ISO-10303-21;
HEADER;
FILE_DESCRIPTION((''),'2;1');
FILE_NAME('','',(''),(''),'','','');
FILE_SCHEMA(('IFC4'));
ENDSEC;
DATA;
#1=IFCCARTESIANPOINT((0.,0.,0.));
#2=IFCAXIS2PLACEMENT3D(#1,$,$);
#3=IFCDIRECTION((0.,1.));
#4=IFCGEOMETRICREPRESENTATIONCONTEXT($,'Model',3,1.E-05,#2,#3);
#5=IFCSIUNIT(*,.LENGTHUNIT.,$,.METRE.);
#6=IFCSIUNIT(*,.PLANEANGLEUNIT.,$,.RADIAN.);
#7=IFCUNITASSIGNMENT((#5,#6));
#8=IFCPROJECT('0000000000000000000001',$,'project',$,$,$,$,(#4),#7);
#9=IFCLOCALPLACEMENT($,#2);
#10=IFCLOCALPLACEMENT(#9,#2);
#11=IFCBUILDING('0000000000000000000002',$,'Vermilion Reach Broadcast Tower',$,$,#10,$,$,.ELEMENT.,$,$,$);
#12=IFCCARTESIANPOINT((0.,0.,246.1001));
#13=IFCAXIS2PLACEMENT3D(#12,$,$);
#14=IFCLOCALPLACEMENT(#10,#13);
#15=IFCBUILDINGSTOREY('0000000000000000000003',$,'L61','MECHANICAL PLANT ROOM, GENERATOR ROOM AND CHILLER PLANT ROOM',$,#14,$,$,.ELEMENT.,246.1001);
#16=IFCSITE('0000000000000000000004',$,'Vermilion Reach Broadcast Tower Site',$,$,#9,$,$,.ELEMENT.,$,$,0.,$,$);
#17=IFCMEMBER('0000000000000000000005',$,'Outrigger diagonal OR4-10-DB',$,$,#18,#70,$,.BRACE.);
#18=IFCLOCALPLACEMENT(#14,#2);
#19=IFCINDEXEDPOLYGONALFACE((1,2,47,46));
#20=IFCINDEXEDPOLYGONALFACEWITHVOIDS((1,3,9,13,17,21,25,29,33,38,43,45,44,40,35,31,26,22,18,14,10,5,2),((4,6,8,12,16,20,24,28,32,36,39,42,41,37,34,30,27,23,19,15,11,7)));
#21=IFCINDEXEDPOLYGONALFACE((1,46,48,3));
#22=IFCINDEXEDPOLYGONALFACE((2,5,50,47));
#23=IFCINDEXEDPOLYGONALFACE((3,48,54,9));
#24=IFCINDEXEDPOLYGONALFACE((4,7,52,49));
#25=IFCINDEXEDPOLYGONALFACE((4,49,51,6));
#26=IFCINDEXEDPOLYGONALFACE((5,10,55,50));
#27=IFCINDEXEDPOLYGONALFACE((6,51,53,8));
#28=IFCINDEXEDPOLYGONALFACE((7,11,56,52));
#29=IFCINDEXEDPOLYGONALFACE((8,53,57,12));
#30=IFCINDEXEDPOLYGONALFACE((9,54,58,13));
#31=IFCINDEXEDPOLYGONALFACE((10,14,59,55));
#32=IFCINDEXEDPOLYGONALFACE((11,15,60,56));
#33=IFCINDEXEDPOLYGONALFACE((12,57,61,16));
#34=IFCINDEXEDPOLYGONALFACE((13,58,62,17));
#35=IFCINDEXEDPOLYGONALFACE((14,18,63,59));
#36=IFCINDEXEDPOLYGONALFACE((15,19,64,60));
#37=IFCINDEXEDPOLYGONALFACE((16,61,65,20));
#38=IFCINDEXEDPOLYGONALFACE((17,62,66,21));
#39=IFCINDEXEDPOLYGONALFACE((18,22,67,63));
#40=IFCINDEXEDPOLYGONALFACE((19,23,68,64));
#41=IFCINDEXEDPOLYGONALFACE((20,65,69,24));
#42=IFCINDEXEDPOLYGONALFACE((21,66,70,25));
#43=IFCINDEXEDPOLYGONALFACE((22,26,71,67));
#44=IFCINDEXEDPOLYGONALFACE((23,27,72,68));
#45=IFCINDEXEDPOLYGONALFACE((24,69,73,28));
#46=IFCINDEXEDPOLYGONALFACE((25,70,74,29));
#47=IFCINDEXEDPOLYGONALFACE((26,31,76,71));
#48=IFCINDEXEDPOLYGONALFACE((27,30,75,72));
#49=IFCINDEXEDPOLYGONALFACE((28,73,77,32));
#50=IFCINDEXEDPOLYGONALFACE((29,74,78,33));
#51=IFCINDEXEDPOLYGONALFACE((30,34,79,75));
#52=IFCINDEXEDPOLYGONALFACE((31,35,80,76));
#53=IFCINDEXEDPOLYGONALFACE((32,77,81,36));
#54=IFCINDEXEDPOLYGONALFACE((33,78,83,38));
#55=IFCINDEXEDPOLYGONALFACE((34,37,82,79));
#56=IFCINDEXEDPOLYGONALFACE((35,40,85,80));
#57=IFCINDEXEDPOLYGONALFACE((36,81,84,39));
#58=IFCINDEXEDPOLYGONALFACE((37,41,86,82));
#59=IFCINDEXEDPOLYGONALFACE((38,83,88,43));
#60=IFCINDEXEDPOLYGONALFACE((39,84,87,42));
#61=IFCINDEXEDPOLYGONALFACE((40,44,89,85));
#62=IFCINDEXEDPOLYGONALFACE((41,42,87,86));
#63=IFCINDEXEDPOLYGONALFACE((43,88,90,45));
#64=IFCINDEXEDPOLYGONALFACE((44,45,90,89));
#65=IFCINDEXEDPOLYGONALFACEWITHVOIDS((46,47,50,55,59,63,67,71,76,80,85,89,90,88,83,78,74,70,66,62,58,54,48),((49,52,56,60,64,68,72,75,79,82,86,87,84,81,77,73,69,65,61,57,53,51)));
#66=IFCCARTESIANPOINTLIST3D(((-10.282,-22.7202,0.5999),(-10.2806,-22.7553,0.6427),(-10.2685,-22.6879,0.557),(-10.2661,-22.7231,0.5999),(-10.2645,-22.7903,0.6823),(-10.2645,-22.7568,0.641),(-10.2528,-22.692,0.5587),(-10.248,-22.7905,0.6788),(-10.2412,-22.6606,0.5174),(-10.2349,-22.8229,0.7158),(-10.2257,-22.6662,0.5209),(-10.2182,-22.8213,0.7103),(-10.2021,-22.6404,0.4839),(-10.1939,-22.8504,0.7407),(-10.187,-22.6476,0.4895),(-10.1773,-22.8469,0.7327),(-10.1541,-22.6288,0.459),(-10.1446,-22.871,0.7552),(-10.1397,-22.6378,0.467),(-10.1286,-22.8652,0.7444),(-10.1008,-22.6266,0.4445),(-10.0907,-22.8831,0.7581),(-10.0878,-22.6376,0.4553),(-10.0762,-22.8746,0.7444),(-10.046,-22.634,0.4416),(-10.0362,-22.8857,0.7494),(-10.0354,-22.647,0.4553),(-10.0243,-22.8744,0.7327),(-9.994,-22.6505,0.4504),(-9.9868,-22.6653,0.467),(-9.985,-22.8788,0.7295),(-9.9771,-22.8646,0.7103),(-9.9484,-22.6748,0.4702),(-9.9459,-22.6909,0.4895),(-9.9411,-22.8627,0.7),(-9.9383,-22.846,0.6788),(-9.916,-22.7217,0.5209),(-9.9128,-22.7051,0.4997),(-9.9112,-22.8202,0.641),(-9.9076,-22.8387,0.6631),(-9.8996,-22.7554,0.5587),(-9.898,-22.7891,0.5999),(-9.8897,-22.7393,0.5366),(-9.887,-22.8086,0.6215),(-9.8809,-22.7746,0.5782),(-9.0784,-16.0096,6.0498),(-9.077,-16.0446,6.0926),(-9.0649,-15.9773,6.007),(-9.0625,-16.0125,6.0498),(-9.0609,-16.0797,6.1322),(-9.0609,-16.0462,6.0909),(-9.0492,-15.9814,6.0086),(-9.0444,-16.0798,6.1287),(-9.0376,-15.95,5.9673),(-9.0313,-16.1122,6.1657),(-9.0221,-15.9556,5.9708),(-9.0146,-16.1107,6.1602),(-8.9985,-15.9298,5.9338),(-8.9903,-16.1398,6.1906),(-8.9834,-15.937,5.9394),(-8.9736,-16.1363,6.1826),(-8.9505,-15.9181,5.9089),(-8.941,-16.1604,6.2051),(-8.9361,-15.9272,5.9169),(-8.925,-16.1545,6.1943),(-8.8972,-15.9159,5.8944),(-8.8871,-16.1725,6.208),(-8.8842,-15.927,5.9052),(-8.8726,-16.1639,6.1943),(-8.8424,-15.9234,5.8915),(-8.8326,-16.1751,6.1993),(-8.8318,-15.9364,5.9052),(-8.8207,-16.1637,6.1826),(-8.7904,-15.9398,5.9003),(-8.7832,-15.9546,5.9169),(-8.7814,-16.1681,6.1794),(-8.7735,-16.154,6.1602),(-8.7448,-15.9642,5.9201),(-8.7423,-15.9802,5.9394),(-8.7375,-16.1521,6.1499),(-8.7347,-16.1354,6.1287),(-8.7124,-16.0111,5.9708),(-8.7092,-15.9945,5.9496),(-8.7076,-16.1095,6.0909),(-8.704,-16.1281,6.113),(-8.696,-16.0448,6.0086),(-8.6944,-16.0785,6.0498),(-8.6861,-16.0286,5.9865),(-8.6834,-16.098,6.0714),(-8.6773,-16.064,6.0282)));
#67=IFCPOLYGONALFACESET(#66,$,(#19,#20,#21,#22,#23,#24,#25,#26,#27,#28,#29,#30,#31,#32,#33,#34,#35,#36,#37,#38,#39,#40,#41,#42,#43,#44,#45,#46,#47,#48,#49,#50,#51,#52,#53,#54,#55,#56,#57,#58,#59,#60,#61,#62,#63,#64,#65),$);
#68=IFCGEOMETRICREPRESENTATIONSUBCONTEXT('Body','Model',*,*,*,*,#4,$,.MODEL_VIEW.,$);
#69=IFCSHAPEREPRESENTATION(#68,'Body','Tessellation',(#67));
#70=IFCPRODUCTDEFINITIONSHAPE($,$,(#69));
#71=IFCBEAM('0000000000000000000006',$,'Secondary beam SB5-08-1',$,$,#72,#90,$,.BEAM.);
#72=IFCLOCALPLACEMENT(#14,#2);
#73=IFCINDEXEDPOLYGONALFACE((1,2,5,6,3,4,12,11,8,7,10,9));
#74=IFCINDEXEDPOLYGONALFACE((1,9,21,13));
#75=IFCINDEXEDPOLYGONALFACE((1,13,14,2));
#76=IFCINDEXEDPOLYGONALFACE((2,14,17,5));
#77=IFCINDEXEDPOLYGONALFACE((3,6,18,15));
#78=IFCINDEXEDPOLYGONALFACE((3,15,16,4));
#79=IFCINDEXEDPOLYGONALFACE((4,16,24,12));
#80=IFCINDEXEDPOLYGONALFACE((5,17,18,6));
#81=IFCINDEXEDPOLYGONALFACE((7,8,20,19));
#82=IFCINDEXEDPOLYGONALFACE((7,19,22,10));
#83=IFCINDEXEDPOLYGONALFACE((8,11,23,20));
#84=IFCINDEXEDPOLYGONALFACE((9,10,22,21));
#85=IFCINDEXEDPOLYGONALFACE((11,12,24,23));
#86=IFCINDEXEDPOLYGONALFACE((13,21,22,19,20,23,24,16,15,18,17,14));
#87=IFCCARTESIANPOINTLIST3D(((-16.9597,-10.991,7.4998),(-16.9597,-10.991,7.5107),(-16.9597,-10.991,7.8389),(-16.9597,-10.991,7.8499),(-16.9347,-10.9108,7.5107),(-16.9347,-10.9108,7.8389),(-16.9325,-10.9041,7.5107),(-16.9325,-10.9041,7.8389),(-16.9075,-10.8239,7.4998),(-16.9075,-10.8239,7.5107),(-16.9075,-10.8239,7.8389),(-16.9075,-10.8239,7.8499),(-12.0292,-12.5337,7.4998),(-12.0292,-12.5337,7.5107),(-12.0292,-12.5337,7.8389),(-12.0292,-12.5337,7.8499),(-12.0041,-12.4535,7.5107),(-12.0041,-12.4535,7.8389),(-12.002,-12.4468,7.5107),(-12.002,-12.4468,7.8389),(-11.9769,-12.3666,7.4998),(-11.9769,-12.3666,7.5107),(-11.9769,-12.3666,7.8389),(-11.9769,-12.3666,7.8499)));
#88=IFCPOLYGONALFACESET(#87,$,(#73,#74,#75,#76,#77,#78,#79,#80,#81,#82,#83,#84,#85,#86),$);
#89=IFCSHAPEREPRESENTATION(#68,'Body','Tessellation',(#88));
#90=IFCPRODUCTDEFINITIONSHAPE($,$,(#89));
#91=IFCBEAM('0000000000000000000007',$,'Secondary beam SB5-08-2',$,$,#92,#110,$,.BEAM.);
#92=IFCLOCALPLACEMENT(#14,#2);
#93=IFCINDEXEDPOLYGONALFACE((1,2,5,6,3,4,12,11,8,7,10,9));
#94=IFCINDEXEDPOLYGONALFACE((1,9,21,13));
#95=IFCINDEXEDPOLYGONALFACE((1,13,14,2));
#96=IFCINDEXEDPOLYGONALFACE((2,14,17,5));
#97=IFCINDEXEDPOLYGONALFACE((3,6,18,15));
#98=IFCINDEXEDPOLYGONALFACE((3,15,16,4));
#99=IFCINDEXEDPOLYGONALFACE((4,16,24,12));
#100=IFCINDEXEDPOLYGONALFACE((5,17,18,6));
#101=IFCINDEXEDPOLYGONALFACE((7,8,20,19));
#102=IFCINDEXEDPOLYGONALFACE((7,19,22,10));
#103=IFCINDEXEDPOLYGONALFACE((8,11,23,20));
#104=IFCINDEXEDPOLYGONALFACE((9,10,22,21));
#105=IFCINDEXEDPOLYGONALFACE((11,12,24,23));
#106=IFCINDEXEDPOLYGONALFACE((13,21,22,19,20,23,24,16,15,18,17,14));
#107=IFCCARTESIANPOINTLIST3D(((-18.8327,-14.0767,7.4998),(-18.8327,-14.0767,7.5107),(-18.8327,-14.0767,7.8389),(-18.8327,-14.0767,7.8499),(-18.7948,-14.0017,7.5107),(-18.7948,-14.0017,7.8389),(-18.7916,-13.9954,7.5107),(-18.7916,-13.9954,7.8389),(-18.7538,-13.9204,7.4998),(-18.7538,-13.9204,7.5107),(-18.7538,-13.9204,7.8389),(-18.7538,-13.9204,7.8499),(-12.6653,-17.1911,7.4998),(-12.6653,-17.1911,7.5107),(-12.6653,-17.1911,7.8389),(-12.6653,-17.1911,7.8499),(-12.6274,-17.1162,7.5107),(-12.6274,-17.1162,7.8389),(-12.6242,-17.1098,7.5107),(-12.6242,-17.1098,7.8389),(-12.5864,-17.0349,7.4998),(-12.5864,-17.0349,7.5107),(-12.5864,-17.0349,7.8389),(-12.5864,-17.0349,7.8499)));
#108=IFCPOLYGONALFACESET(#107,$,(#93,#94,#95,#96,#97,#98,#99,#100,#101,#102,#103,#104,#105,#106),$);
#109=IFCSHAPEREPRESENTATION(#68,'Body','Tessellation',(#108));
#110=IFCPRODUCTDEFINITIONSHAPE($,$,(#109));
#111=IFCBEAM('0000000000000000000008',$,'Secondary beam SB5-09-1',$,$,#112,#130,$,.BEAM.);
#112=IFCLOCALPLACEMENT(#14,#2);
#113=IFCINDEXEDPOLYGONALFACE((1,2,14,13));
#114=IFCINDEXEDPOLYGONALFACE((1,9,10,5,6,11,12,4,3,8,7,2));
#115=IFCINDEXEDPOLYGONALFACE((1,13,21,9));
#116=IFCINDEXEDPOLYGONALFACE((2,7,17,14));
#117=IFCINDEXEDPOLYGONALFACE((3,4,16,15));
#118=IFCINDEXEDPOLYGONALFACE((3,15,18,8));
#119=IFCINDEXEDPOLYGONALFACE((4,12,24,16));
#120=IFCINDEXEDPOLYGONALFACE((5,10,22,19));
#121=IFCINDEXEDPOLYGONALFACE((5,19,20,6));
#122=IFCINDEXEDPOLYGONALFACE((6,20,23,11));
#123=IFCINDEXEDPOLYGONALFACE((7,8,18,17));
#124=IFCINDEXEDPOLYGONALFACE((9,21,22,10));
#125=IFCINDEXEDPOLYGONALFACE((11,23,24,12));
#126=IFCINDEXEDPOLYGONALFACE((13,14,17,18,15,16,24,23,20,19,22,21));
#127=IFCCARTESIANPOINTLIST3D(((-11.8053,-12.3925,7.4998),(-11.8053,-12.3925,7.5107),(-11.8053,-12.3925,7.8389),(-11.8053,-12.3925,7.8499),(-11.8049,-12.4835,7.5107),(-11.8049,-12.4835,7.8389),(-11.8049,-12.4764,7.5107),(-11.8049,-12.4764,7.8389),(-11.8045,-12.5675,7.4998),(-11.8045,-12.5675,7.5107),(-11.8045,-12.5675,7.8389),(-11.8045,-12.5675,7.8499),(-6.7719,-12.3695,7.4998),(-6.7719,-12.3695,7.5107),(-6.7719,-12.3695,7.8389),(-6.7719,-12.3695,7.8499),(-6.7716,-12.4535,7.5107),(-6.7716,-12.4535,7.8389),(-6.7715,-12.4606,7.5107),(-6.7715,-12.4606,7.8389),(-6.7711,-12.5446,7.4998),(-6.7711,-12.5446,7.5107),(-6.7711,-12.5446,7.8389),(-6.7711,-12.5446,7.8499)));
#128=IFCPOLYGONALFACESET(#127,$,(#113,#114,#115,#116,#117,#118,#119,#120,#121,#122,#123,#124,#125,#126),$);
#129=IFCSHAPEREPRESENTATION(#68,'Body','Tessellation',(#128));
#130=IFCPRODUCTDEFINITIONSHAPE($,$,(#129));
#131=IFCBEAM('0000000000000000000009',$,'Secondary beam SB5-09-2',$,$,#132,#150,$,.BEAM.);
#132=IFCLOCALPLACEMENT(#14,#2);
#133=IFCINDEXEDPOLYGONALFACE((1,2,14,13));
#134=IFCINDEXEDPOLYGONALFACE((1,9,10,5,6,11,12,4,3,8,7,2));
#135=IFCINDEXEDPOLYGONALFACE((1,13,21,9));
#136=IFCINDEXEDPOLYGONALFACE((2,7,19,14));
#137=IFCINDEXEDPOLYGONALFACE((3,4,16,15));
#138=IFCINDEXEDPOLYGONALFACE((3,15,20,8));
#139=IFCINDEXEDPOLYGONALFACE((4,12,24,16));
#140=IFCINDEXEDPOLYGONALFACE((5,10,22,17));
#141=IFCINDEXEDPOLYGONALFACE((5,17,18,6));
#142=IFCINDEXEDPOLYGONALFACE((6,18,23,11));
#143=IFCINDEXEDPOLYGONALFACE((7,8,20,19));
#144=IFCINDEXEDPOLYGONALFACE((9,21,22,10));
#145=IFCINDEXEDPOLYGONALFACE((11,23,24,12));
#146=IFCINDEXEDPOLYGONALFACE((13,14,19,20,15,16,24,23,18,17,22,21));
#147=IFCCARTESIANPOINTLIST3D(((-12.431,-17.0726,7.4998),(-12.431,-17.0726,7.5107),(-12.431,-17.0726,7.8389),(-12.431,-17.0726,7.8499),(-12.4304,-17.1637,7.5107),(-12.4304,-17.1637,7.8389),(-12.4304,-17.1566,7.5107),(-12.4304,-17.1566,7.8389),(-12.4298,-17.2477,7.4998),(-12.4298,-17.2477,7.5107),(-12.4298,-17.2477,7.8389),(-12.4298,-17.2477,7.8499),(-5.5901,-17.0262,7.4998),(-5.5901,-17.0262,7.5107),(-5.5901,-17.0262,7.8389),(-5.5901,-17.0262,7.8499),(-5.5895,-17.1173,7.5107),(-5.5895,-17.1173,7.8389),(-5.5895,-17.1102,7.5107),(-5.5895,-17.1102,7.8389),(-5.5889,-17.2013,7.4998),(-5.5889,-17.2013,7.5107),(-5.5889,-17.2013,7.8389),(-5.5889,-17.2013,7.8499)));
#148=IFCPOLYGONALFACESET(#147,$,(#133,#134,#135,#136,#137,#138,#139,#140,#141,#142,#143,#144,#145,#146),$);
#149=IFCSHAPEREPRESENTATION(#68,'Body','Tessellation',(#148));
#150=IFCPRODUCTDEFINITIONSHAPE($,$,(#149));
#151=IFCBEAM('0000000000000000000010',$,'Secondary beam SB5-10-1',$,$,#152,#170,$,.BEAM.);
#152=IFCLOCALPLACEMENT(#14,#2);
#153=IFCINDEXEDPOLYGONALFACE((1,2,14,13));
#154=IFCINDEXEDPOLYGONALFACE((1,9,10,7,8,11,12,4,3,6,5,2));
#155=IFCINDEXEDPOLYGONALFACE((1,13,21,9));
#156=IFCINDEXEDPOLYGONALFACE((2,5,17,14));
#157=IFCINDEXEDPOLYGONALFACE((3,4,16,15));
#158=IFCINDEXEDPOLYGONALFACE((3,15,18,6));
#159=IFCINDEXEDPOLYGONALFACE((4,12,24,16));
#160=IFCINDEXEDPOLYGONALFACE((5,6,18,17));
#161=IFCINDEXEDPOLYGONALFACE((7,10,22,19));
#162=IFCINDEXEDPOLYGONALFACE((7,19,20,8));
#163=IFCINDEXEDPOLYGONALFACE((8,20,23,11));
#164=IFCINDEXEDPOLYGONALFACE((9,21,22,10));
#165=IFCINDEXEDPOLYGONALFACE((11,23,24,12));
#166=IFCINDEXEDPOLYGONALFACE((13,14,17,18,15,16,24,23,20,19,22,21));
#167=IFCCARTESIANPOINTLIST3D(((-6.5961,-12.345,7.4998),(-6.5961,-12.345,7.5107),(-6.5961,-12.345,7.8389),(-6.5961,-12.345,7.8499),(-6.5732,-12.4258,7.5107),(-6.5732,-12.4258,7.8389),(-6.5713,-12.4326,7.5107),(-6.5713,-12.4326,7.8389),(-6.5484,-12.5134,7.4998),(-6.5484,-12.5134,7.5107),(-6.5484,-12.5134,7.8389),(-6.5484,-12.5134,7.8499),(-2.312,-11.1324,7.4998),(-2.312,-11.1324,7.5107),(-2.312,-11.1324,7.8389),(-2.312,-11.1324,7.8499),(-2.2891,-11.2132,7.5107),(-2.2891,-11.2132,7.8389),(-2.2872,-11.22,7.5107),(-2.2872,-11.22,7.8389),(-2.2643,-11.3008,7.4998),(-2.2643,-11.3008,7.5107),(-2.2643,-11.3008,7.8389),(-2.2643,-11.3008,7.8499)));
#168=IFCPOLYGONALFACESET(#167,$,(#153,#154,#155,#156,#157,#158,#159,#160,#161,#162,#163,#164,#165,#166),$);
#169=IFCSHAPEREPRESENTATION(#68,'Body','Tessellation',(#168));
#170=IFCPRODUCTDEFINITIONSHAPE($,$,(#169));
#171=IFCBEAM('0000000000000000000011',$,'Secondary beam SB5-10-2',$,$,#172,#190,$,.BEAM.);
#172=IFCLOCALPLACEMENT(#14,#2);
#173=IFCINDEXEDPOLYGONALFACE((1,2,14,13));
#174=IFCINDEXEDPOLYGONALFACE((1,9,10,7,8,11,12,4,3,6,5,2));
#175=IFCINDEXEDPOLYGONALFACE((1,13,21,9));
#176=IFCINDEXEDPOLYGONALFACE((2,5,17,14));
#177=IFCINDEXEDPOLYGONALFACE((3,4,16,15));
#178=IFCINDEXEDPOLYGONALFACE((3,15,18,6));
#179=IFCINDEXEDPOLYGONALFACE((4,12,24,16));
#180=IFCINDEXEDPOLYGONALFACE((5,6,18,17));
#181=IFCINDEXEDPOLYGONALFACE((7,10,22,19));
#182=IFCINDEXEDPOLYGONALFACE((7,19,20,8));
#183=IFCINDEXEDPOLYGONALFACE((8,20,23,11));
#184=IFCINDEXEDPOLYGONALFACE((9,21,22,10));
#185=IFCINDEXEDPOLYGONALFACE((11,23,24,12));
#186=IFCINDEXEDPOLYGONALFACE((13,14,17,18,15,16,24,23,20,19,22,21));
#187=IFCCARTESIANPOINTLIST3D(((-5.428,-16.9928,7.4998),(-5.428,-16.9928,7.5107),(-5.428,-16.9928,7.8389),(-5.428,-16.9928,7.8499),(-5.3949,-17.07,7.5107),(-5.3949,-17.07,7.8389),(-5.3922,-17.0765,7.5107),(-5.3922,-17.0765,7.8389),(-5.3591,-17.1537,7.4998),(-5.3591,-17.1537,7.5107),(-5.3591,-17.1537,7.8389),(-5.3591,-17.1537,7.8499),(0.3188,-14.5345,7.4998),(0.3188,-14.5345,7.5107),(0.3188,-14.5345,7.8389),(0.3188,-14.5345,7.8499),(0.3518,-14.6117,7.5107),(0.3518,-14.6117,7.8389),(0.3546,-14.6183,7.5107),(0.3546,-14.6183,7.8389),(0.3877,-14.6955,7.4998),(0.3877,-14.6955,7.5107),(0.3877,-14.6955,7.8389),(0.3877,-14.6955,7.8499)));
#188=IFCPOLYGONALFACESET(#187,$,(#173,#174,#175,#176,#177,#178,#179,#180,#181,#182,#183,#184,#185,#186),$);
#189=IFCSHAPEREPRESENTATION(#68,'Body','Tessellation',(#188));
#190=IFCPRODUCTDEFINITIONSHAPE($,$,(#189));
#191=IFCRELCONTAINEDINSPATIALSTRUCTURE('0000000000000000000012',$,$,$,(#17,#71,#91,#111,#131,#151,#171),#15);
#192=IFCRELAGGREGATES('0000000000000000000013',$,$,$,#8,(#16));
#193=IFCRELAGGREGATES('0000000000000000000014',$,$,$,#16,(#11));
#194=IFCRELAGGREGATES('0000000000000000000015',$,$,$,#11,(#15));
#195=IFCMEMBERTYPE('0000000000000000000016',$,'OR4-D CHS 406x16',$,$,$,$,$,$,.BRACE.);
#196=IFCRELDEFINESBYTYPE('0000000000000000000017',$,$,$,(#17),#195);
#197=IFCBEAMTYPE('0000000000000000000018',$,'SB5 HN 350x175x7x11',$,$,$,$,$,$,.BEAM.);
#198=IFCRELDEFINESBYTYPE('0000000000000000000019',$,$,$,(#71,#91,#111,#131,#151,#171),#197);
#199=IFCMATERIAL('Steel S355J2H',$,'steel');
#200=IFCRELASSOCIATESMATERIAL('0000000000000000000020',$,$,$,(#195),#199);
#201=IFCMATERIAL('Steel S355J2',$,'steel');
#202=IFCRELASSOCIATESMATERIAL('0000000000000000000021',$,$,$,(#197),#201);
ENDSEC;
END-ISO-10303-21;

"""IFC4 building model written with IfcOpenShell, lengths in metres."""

from ifc_helpers import new_model, si_unit, direction, frame, origin, origin_2d, place, context, subcontext, project, spatial, hollow_circle, i_section, extrude, material, material_profile, profile_set, type_object, element, save


model = new_model("IFC4")

# Units and contexts
model_context = context("Model", 3, precision=1e-05, world=origin(), true_north=direction((0.0, 1.0)))
body_context = subcontext(model_context, "Body", "Model", "MODEL_VIEW")
ifc_project = project(units=[si_unit("LENGTHUNIT", "METRE"), si_unit("PLANEANGLEUNIT", "RADIAN")], contexts=[model_context])

# Site, building, storey
site_placement = place(None, origin())
site = spatial("IfcSite", under=ifc_project, at=site_placement, Name="Vermilion Reach Broadcast Tower Site", CompositionType="ELEMENT", RefElevation=0.0)
building_placement = place(site_placement, origin())
building = spatial("IfcBuilding", under=site, at=building_placement, Name="Vermilion Reach Broadcast Tower", CompositionType="ELEMENT")
storey_placement = place(building_placement, frame((0.0, 0.0, 246.1001)))
storey = spatial("IfcBuildingStorey", under=building, at=storey_placement, Name="L61", Description="MECHANICAL PLANT ROOM, GENERATOR ROOM AND CHILLER PLANT ROOM", CompositionType="ELEMENT", Elevation=246.1001)

# Member
ifc_material_1 = material(Name="Steel S355J2H", Category="steel")
ifc_material_profile_1 = material_profile(ifc_material_1, hollow_circle(Radius=0.2031, WallThickness=0.0161, at=origin_2d()), Name="S355J2H CHS 406x16")
ifc_profile_set_1 = profile_set([ifc_material_profile_1], Name="Steel S355J2H")
member_type_1 = type_object("IfcMemberType", Name="OR4-D CHS 406x16", PredefinedType="BRACE", material=ifc_profile_set_1)
member_1_placement = place(storey_placement, frame((-10.082, -22.7561, 0.5999), z_axis=(0.137897, 0.768839, 0.624397), x_axis=(-0.984293, 0.17654, 0.0)))
element("IfcMember", 1, at=member_1_placement, inside=storey, type_object=member_type_1, Name="Outrigger diagonal OR4-10-DB", PredefinedType="BRACE", context=body_context, shape_type="SweptSolid", body=[
    extrude(hollow_circle(Radius=0.2031, WallThickness=0.0161, at=origin_2d()), origin(), (0.0, 0.0, 1.0), 8.7283),
])

# Beams
ifc_material_2 = material(Name="Steel S355J2", Category="steel")
ifc_material_profile_2 = material_profile(ifc_material_2, i_section(OverallWidth=0.175, OverallDepth=0.3501, WebThickness=0.0071, FlangeThickness=0.011, at=origin_2d()), Name="S355J2 HN 350x175x7x11")
ifc_profile_set_2 = profile_set([ifc_material_profile_2], Name="Steel S355J2")
beam_type_1 = type_object("IfcBeamType", Name="SB5 HN 350x175x7x11", PredefinedType="BEAM", material=ifc_profile_set_2)
beam_1_placement = place(storey_placement, frame((-16.9336, -10.9075, 7.6748), z_axis=(0.954376, -0.298609, 0.0), x_axis=(0.298609, 0.954376, 0.0)))
element("IfcBeam", 2, at=beam_1_placement, inside=storey, type_object=beam_type_1, Name="Secondary beam SB5-08-1", PredefinedType="BEAM", context=body_context, shape_type="SweptSolid", body=[
    extrude(i_section(OverallWidth=0.175, OverallDepth=0.3501, WebThickness=0.0071, FlangeThickness=0.011, at=origin_2d()), origin(), (0.0, 0.0, 1.0), 5.1663),
])
beam_2_placement = place(storey_placement, frame((-18.7932, -13.9985, 7.6748), z_axis=(0.892639, -0.450772, 0.0), x_axis=(0.450772, 0.892639, 0.0)))
element("IfcBeam", 3, at=beam_2_placement, inside=storey, type_object=beam_type_1, Name="Secondary beam SB5-08-2", PredefinedType="BEAM", context=body_context, shape_type="SweptSolid", body=[
    extrude(i_section(OverallWidth=0.175, OverallDepth=0.3501, WebThickness=0.0071, FlangeThickness=0.011, at=origin_2d()), origin(), (0.0, 0.0, 1.0), 6.9092),
])
beam_3_placement = place(storey_placement, frame((-11.8049, -12.48, 7.6748), z_axis=(0.99999, 0.004559, 0.0), x_axis=(-0.004559, 0.99999, 0.0)))
element("IfcBeam", 4, at=beam_3_placement, inside=storey, type_object=beam_type_1, Name="Secondary beam SB5-09-1", PredefinedType="BEAM", context=body_context, shape_type="SweptSolid", body=[
    extrude(i_section(OverallWidth=0.175, OverallDepth=0.3501, WebThickness=0.0071, FlangeThickness=0.011, at=origin_2d()), origin(), (0.0, 0.0, 1.0), 5.0334),
])
beam_4_placement = place(storey_placement, frame((-12.4304, -17.1602, 7.6748), z_axis=(0.999977, 0.006781, 0.0), x_axis=(-0.006781, 0.999977, 0.0)))
element("IfcBeam", 5, at=beam_4_placement, inside=storey, type_object=beam_type_1, Name="Secondary beam SB5-09-2", PredefinedType="BEAM", context=body_context, shape_type="SweptSolid", body=[
    extrude(i_section(OverallWidth=0.175, OverallDepth=0.3501, WebThickness=0.0071, FlangeThickness=0.011, at=origin_2d()), origin(), (0.0, 0.0, 1.0), 6.8411),
])
beam_5_placement = place(storey_placement, frame((-6.5723, -12.4292, 7.6748), z_axis=(0.962198, 0.272352, 0.0), x_axis=(-0.272352, 0.962198, 0.0)))
element("IfcBeam", 6, at=beam_5_placement, inside=storey, type_object=beam_type_1, Name="Secondary beam SB5-10-1", PredefinedType="BEAM", context=body_context, shape_type="SweptSolid", body=[
    extrude(i_section(OverallWidth=0.175, OverallDepth=0.3501, WebThickness=0.0071, FlangeThickness=0.011, at=origin_2d()), origin(), (0.0, 0.0, 1.0), 4.4524),
])
beam_6_placement = place(storey_placement, frame((-5.3936, -17.0732, 7.6748), z_axis=(0.919416, 0.393288, 0.0), x_axis=(-0.393288, 0.919416, 0.0)))
element("IfcBeam", 7, at=beam_6_placement, inside=storey, type_object=beam_type_1, Name="Secondary beam SB5-10-2", PredefinedType="BEAM", context=body_context, shape_type="SweptSolid", body=[
    extrude(i_section(OverallWidth=0.175, OverallDepth=0.3501, WebThickness=0.0071, FlangeThickness=0.011, at=origin_2d()), origin(), (0.0, 0.0, 1.0), 6.2505),
])

save(model, "model.ifc")
